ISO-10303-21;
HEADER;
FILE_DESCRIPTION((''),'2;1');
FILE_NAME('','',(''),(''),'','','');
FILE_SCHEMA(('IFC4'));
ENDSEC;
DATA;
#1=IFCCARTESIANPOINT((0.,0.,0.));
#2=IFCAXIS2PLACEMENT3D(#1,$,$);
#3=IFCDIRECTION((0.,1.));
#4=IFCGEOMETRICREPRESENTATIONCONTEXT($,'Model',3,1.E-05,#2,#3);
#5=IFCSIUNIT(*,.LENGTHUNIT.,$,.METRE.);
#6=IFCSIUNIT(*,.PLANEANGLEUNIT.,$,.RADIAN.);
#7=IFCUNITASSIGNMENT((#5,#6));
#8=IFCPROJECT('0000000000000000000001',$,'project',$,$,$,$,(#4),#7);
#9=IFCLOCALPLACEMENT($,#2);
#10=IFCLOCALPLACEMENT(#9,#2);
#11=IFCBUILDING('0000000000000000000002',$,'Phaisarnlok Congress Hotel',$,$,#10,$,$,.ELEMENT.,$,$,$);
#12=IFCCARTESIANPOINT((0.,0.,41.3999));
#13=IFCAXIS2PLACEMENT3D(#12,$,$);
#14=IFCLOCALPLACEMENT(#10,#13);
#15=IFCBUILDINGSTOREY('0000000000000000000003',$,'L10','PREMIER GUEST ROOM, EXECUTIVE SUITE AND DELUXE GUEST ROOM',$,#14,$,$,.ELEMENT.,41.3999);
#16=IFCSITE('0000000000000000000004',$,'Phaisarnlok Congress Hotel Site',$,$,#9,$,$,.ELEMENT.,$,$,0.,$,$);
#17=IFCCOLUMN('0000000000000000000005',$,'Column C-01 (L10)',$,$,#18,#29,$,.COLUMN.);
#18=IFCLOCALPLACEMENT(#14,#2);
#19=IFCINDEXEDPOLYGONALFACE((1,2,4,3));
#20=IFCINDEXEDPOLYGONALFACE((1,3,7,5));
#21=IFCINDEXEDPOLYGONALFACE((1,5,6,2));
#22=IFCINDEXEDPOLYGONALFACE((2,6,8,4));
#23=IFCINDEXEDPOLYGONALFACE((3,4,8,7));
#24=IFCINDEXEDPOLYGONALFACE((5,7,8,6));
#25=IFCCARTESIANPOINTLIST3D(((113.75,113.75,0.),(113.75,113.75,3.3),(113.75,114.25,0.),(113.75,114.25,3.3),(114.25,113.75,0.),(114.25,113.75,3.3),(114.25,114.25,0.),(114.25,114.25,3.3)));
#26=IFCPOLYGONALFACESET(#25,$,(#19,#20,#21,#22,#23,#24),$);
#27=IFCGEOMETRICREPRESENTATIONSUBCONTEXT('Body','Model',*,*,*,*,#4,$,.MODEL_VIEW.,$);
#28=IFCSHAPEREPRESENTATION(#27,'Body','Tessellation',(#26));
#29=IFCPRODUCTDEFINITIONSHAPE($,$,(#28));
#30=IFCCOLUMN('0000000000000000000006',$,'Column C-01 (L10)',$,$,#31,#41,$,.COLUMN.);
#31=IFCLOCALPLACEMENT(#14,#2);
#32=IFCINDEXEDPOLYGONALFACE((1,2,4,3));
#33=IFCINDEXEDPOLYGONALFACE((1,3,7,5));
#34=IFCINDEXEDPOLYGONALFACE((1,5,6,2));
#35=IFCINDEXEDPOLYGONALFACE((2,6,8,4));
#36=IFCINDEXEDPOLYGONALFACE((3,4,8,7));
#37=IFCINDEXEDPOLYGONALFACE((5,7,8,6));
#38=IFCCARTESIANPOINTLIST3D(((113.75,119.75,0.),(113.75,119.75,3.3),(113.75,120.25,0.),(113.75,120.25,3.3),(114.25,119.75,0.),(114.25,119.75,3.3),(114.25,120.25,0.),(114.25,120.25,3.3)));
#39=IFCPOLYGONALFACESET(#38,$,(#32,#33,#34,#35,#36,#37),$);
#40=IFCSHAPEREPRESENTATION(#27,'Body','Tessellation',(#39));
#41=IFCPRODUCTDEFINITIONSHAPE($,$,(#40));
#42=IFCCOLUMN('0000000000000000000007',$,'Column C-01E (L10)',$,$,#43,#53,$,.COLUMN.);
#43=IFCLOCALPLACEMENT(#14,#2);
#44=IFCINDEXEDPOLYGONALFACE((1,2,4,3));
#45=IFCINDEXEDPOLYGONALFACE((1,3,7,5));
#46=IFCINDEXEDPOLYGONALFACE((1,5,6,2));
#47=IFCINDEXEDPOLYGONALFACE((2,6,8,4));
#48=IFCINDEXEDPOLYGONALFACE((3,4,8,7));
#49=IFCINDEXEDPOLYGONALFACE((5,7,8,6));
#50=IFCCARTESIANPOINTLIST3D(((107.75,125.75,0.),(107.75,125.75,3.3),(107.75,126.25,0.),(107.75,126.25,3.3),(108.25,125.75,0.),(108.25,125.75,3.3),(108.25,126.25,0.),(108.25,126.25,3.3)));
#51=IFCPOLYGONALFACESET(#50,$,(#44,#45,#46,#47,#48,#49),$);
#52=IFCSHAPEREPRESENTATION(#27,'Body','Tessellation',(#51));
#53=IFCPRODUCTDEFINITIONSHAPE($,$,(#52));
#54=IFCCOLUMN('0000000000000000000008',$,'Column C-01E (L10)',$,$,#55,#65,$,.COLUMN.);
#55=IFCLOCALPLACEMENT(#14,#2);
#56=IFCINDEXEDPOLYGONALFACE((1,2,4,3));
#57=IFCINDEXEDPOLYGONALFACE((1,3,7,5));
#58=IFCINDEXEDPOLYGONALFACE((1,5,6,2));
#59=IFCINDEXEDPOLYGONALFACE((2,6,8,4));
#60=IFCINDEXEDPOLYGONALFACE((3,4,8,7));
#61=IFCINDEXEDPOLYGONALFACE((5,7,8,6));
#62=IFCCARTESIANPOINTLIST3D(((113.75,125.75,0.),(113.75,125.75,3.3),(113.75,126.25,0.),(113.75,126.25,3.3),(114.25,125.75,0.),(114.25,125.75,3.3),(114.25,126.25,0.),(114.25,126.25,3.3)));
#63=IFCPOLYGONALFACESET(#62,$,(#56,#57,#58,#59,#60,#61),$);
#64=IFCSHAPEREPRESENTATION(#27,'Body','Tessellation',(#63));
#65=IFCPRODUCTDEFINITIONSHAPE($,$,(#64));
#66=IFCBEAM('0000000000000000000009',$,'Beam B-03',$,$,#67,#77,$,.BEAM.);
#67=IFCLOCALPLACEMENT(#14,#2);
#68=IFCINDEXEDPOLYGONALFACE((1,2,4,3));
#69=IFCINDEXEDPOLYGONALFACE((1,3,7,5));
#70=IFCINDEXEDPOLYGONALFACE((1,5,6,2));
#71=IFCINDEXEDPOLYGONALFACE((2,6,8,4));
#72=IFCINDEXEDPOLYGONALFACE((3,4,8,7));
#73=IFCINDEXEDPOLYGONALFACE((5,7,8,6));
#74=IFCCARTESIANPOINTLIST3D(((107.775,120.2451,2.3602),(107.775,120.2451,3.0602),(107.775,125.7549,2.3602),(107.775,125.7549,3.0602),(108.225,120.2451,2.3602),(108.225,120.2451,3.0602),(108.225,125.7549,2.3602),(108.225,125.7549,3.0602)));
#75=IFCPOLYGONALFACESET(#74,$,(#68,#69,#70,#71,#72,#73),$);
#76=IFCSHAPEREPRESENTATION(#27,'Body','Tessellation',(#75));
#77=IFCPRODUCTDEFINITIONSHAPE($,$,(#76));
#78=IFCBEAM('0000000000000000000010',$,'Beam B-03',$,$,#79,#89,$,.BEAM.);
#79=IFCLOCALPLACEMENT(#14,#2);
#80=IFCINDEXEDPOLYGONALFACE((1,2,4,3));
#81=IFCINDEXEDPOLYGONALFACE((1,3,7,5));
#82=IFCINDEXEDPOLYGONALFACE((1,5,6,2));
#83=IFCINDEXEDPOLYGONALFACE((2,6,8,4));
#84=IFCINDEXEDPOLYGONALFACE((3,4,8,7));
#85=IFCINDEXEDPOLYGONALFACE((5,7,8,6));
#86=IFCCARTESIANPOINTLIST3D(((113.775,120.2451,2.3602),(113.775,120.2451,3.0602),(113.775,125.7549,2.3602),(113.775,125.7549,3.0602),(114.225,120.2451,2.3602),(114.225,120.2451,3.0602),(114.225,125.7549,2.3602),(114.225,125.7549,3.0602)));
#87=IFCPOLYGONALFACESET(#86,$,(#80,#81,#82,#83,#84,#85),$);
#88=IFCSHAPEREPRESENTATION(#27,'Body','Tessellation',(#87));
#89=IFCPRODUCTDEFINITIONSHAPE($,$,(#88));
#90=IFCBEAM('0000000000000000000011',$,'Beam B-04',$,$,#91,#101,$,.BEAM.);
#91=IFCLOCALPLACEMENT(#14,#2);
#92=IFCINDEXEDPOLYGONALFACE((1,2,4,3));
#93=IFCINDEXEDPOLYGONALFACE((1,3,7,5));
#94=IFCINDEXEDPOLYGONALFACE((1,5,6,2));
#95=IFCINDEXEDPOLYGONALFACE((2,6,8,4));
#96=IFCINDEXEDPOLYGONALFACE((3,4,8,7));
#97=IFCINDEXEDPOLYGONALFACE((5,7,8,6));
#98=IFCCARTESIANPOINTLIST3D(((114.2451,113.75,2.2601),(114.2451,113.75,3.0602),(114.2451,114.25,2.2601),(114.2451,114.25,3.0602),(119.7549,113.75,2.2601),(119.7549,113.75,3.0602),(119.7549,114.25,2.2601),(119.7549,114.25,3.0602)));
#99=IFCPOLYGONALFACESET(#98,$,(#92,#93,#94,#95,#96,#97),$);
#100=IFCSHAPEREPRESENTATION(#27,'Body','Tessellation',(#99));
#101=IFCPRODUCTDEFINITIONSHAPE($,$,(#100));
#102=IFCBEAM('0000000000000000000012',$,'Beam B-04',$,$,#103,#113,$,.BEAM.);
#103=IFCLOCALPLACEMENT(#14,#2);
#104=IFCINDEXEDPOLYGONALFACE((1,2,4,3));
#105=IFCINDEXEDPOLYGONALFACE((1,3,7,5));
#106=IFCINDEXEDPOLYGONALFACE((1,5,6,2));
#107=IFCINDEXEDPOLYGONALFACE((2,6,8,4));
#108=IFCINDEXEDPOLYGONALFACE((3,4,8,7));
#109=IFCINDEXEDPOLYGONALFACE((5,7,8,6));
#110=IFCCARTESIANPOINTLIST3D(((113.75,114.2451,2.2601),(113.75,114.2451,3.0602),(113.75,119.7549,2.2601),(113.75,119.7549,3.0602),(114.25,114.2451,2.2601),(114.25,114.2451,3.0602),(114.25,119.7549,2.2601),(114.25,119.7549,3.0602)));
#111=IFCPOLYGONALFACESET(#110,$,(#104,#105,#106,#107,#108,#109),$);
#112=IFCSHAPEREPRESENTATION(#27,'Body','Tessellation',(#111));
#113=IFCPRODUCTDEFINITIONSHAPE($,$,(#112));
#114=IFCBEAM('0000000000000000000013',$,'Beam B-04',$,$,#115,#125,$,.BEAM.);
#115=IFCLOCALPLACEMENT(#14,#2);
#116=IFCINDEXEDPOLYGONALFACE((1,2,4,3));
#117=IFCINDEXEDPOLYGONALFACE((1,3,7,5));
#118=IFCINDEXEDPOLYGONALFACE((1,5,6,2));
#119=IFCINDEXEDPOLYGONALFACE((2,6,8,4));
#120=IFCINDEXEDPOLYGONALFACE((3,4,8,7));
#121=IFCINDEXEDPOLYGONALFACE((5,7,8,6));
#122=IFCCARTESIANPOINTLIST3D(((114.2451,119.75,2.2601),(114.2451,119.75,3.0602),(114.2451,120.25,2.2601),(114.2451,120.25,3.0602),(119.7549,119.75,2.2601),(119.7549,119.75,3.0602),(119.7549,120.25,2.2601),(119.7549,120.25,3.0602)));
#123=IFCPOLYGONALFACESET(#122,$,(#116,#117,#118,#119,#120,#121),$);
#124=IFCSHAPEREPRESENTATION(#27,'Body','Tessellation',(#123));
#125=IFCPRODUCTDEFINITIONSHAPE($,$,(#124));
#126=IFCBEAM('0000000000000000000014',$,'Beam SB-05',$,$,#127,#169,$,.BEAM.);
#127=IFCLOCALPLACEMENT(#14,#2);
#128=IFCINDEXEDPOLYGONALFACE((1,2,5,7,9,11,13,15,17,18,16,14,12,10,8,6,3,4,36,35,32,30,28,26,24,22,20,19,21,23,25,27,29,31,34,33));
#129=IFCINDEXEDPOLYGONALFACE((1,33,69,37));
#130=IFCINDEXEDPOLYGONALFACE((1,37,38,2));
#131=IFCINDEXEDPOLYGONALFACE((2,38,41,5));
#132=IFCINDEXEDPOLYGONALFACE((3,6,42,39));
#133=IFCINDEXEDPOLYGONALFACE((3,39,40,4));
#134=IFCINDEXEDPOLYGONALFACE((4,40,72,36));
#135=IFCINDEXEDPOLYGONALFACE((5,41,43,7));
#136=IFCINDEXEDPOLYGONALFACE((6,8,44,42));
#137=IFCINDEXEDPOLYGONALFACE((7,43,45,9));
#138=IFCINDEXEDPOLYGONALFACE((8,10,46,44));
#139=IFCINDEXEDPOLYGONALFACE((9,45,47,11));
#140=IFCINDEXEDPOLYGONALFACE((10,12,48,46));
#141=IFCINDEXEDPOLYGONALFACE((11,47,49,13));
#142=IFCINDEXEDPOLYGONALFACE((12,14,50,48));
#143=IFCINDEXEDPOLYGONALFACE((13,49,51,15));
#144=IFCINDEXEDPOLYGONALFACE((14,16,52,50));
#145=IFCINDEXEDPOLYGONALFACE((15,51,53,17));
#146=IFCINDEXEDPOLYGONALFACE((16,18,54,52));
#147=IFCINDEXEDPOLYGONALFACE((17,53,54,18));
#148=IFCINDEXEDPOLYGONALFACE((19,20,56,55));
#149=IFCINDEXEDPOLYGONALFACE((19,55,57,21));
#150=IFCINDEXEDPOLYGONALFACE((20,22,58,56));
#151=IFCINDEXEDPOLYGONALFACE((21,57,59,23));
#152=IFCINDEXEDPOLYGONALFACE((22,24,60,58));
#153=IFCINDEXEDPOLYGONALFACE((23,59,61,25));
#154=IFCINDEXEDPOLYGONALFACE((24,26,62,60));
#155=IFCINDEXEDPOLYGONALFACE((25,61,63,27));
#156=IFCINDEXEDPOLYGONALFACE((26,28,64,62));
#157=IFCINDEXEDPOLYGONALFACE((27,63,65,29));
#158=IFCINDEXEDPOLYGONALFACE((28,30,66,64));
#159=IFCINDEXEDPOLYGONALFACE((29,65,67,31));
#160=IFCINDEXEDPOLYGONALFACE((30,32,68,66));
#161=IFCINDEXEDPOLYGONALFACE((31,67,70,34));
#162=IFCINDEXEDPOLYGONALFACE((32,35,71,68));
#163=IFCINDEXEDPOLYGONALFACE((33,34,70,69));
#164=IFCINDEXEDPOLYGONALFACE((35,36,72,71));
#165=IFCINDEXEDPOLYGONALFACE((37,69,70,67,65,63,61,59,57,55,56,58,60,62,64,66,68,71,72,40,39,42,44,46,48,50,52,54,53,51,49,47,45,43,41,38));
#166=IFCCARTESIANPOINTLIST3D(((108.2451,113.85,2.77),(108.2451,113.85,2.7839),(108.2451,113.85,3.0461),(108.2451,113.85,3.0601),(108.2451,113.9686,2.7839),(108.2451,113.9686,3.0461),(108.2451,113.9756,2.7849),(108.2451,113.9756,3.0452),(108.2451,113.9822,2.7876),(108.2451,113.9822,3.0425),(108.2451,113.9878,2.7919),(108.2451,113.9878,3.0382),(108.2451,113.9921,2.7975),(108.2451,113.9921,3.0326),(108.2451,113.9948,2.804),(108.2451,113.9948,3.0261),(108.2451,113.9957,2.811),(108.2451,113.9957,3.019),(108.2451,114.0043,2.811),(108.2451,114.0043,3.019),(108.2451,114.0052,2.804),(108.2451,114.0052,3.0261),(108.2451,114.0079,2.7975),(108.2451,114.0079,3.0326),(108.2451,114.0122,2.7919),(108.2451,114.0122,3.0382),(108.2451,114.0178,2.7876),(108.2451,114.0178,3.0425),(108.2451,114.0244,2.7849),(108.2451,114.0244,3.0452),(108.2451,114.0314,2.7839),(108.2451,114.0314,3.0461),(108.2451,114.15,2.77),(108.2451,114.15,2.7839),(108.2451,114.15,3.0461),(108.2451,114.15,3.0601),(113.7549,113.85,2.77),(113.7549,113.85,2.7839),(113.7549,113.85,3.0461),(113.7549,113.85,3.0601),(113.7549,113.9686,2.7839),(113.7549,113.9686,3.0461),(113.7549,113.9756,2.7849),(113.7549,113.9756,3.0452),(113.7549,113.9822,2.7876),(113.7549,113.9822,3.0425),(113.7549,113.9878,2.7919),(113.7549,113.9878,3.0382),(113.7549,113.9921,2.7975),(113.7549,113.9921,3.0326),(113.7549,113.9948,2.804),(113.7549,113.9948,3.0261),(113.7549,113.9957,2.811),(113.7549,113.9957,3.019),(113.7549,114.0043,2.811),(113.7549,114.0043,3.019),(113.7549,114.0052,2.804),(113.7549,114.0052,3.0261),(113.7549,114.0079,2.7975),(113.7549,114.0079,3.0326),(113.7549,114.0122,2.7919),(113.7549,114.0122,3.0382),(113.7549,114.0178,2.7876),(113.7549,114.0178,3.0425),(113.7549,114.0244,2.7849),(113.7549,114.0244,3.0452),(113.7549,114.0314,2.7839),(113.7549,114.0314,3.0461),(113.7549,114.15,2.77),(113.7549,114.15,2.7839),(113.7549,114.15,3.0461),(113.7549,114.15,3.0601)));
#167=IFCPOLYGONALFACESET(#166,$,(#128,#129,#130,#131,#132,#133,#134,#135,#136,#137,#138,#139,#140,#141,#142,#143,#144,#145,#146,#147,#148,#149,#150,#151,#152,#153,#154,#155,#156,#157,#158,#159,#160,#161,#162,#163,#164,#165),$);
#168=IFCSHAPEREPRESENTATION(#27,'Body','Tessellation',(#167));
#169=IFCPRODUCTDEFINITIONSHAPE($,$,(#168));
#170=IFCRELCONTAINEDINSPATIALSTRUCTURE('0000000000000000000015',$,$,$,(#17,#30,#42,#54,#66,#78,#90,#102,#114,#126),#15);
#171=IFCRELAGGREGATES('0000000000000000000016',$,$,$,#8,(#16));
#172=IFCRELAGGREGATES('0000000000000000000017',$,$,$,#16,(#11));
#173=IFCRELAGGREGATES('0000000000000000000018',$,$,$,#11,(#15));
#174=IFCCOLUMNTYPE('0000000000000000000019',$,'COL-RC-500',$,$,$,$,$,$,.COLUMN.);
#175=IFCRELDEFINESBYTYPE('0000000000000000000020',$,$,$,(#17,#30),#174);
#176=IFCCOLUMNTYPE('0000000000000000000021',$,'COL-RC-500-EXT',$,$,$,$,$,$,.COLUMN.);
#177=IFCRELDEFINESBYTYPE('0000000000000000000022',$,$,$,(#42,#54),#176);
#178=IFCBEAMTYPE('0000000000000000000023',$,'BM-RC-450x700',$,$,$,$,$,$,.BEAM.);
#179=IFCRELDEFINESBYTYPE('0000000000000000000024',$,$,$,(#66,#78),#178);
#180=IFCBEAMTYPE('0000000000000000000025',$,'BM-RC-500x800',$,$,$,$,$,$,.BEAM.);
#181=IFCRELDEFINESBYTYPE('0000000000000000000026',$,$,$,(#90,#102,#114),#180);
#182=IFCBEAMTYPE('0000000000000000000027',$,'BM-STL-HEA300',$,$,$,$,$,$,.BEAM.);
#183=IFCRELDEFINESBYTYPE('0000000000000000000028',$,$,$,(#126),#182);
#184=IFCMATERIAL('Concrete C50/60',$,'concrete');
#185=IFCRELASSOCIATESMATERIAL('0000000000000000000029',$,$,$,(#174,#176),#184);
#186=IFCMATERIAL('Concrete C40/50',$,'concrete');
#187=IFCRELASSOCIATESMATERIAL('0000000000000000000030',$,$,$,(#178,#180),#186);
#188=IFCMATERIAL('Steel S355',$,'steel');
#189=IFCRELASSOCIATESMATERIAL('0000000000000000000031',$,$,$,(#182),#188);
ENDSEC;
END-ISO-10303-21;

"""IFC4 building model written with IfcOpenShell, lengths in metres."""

from ifc_helpers import new_model, si_unit, direction, frame, origin, origin_2d, place, context, subcontext, project, spatial, rectangle, i_section, extrude, material, material_profile, profile_set, type_object, element, save


model = new_model("IFC4")

# Units and contexts
model_context = context("Model", 3, precision=1e-05, world=origin(), true_north=direction((0.0, 1.0)))
body_context = subcontext(model_context, "Body", "Model", "MODEL_VIEW")
ifc_project = project(units=[si_unit("LENGTHUNIT", "METRE"), si_unit("PLANEANGLEUNIT", "RADIAN")], contexts=[model_context])

# Site, building, storey
site_placement = place(None, origin())
site = spatial("IfcSite", under=ifc_project, at=site_placement, Name="Phaisarnlok Congress Hotel Site", CompositionType="ELEMENT", RefElevation=0.0)
building_placement = place(site_placement, origin())
building = spatial("IfcBuilding", under=site, at=building_placement, Name="Phaisarnlok Congress Hotel", CompositionType="ELEMENT")
storey_placement = place(building_placement, frame((0.0, 0.0, 41.3999)))
storey = spatial("IfcBuildingStorey", under=building, at=storey_placement, Name="L10", Description="PREMIER GUEST ROOM, EXECUTIVE SUITE AND DELUXE GUEST ROOM", CompositionType="ELEMENT", Elevation=41.3999)

# Columns
ifc_material_1 = material(Name="Concrete C50/60", Category="concrete")
ifc_material_profile_1 = material_profile(ifc_material_1, rectangle(XDim=0.5, YDim=0.5, at=origin_2d()), Name="RC 500x500")
ifc_profile_set_1 = profile_set([ifc_material_profile_1], Name="Concrete C50/60")
column_type_1 = type_object("IfcColumnType", Name="COL-RC-500", PredefinedType="COLUMN", material=ifc_profile_set_1)
for number, where, z_axis, x_axis, name in (
    (1, (114.0, 114.0, 0.0), (0.0, 0.0, 1.0), (1.0, 0.0, 0.0), "Column C-01 (L10)"),
    (2, (114.0, 120.0, 0.0), (0.0, 0.0, 1.0), (1.0, 0.0, 0.0), "Column C-01 (L10)"),
):
    element("IfcColumn", number, at=place(storey_placement, frame(where, z_axis=z_axis, x_axis=x_axis)), inside=storey, type_object=column_type_1, Name=name, PredefinedType="COLUMN", context=body_context, shape_type="SweptSolid", body=[
        extrude(rectangle(XDim=0.5, YDim=0.5, at=origin_2d()), origin(), (0.0, 0.0, 1.0), 3.3),
    ])
ifc_material_profile_2 = material_profile(ifc_material_1, rectangle(XDim=0.5, YDim=0.5, at=origin_2d()), Name="RC 500x500")
ifc_profile_set_2 = profile_set([ifc_material_profile_2], Name="Concrete C50/60")
column_type_2 = type_object("IfcColumnType", Name="COL-RC-500-EXT", PredefinedType="COLUMN", material=ifc_profile_set_2)
for number, where, z_axis, x_axis, name in (
    (3, (108.0, 126.0, 0.0), (0.0, 0.0, 1.0), (1.0, 0.0, 0.0), "Column C-01E (L10)"),
    (4, (114.0, 126.0, 0.0), (0.0, 0.0, 1.0), (1.0, 0.0, 0.0), "Column C-01E (L10)"),
):
    element("IfcColumn", number, at=place(storey_placement, frame(where, z_axis=z_axis, x_axis=x_axis)), inside=storey, type_object=column_type_2, Name=name, PredefinedType="COLUMN", context=body_context, shape_type="SweptSolid", body=[
        extrude(rectangle(XDim=0.5, YDim=0.5, at=origin_2d()), origin(), (0.0, 0.0, 1.0), 3.3),
    ])

# Beams
ifc_material_2 = material(Name="Concrete C40/50", Category="concrete")
ifc_material_profile_3 = material_profile(ifc_material_2, rectangle(XDim=0.45, YDim=0.7, at=origin_2d()), Name="RC 450x700")
ifc_profile_set_3 = profile_set([ifc_material_profile_3], Name="Concrete C40/50")
beam_type_1 = type_object("IfcBeamType", Name="BM-RC-450x700", PredefinedType="BEAM", material=ifc_profile_set_3)
for number, where, z_axis, x_axis, name in (
    (5, (108.0, 120.2451, 2.7102), (0.0, 1.0, 0.0), (-1.0, 0.0, 0.0), "Beam B-03"),
    (6, (114.0, 120.2451, 2.7102), (0.0, 1.0, 0.0), (-1.0, 0.0, 0.0), "Beam B-03"),
):
    element("IfcBeam", number, at=place(storey_placement, frame(where, z_axis=z_axis, x_axis=x_axis)), inside=storey, type_object=beam_type_1, Name=name, PredefinedType="BEAM", context=body_context, shape_type="SweptSolid", body=[
        extrude(rectangle(XDim=0.45, YDim=0.7, at=origin_2d()), origin(), (0.0, 0.0, 1.0), 5.5098),
    ])
ifc_material_profile_4 = material_profile(ifc_material_2, rectangle(XDim=0.5, YDim=0.8, at=origin_2d()), Name="RC 500x800")
ifc_profile_set_4 = profile_set([ifc_material_profile_4], Name="Concrete C40/50")
beam_type_2 = type_object("IfcBeamType", Name="BM-RC-500x800", PredefinedType="BEAM", material=ifc_profile_set_4)
for number, where, z_axis, x_axis, name in (
    (7, (114.2451, 114.0, 2.6602), (1.0, 0.0, 0.0), (0.0, 1.0, 0.0), "Beam B-04"),
    (8, (114.0, 114.2451, 2.6602), (0.0, 1.0, 0.0), (-1.0, 0.0, 0.0), "Beam B-04"),
    (9, (114.2451, 120.0, 2.6602), (1.0, 0.0, 0.0), (0.0, 1.0, 0.0), "Beam B-04"),
):
    element("IfcBeam", number, at=place(storey_placement, frame(where, z_axis=z_axis, x_axis=x_axis)), inside=storey, type_object=beam_type_2, Name=name, PredefinedType="BEAM", context=body_context, shape_type="SweptSolid", body=[
        extrude(rectangle(XDim=0.5, YDim=0.8, at=origin_2d()), origin(), (0.0, 0.0, 1.0), 5.5098),
    ])
ifc_material_3 = material(Name="Steel S355", Category="steel")
ifc_material_profile_5 = material_profile(ifc_material_3, i_section(OverallWidth=0.3, OverallDepth=0.29, WebThickness=0.0085, FlangeThickness=0.0139, FilletRadius=0.0271, at=origin_2d()), Name="HEA 300")
ifc_profile_set_5 = profile_set([ifc_material_profile_5], Name="Steel S355")
beam_type_3 = type_object("IfcBeamType", Name="BM-STL-HEA300", PredefinedType="BEAM", material=ifc_profile_set_5)
for number, where, z_axis, x_axis, name in (
    (10, (108.2451, 114.0, 2.915), (1.0, 0.0, 0.0), (0.0, 1.0, 0.0), "Beam SB-05"),
):
    element("IfcBeam", number, at=place(storey_placement, frame(where, z_axis=z_axis, x_axis=x_axis)), inside=storey, type_object=beam_type_3, Name=name, PredefinedType="BEAM", context=body_context, shape_type="SweptSolid", body=[
        extrude(i_section(OverallWidth=0.3, OverallDepth=0.29, WebThickness=0.0085, FlangeThickness=0.0139, FilletRadius=0.0271, at=origin_2d()), origin(), (0.0, 0.0, 1.0), 5.5098),
    ])

save(model, "model.ifc")
